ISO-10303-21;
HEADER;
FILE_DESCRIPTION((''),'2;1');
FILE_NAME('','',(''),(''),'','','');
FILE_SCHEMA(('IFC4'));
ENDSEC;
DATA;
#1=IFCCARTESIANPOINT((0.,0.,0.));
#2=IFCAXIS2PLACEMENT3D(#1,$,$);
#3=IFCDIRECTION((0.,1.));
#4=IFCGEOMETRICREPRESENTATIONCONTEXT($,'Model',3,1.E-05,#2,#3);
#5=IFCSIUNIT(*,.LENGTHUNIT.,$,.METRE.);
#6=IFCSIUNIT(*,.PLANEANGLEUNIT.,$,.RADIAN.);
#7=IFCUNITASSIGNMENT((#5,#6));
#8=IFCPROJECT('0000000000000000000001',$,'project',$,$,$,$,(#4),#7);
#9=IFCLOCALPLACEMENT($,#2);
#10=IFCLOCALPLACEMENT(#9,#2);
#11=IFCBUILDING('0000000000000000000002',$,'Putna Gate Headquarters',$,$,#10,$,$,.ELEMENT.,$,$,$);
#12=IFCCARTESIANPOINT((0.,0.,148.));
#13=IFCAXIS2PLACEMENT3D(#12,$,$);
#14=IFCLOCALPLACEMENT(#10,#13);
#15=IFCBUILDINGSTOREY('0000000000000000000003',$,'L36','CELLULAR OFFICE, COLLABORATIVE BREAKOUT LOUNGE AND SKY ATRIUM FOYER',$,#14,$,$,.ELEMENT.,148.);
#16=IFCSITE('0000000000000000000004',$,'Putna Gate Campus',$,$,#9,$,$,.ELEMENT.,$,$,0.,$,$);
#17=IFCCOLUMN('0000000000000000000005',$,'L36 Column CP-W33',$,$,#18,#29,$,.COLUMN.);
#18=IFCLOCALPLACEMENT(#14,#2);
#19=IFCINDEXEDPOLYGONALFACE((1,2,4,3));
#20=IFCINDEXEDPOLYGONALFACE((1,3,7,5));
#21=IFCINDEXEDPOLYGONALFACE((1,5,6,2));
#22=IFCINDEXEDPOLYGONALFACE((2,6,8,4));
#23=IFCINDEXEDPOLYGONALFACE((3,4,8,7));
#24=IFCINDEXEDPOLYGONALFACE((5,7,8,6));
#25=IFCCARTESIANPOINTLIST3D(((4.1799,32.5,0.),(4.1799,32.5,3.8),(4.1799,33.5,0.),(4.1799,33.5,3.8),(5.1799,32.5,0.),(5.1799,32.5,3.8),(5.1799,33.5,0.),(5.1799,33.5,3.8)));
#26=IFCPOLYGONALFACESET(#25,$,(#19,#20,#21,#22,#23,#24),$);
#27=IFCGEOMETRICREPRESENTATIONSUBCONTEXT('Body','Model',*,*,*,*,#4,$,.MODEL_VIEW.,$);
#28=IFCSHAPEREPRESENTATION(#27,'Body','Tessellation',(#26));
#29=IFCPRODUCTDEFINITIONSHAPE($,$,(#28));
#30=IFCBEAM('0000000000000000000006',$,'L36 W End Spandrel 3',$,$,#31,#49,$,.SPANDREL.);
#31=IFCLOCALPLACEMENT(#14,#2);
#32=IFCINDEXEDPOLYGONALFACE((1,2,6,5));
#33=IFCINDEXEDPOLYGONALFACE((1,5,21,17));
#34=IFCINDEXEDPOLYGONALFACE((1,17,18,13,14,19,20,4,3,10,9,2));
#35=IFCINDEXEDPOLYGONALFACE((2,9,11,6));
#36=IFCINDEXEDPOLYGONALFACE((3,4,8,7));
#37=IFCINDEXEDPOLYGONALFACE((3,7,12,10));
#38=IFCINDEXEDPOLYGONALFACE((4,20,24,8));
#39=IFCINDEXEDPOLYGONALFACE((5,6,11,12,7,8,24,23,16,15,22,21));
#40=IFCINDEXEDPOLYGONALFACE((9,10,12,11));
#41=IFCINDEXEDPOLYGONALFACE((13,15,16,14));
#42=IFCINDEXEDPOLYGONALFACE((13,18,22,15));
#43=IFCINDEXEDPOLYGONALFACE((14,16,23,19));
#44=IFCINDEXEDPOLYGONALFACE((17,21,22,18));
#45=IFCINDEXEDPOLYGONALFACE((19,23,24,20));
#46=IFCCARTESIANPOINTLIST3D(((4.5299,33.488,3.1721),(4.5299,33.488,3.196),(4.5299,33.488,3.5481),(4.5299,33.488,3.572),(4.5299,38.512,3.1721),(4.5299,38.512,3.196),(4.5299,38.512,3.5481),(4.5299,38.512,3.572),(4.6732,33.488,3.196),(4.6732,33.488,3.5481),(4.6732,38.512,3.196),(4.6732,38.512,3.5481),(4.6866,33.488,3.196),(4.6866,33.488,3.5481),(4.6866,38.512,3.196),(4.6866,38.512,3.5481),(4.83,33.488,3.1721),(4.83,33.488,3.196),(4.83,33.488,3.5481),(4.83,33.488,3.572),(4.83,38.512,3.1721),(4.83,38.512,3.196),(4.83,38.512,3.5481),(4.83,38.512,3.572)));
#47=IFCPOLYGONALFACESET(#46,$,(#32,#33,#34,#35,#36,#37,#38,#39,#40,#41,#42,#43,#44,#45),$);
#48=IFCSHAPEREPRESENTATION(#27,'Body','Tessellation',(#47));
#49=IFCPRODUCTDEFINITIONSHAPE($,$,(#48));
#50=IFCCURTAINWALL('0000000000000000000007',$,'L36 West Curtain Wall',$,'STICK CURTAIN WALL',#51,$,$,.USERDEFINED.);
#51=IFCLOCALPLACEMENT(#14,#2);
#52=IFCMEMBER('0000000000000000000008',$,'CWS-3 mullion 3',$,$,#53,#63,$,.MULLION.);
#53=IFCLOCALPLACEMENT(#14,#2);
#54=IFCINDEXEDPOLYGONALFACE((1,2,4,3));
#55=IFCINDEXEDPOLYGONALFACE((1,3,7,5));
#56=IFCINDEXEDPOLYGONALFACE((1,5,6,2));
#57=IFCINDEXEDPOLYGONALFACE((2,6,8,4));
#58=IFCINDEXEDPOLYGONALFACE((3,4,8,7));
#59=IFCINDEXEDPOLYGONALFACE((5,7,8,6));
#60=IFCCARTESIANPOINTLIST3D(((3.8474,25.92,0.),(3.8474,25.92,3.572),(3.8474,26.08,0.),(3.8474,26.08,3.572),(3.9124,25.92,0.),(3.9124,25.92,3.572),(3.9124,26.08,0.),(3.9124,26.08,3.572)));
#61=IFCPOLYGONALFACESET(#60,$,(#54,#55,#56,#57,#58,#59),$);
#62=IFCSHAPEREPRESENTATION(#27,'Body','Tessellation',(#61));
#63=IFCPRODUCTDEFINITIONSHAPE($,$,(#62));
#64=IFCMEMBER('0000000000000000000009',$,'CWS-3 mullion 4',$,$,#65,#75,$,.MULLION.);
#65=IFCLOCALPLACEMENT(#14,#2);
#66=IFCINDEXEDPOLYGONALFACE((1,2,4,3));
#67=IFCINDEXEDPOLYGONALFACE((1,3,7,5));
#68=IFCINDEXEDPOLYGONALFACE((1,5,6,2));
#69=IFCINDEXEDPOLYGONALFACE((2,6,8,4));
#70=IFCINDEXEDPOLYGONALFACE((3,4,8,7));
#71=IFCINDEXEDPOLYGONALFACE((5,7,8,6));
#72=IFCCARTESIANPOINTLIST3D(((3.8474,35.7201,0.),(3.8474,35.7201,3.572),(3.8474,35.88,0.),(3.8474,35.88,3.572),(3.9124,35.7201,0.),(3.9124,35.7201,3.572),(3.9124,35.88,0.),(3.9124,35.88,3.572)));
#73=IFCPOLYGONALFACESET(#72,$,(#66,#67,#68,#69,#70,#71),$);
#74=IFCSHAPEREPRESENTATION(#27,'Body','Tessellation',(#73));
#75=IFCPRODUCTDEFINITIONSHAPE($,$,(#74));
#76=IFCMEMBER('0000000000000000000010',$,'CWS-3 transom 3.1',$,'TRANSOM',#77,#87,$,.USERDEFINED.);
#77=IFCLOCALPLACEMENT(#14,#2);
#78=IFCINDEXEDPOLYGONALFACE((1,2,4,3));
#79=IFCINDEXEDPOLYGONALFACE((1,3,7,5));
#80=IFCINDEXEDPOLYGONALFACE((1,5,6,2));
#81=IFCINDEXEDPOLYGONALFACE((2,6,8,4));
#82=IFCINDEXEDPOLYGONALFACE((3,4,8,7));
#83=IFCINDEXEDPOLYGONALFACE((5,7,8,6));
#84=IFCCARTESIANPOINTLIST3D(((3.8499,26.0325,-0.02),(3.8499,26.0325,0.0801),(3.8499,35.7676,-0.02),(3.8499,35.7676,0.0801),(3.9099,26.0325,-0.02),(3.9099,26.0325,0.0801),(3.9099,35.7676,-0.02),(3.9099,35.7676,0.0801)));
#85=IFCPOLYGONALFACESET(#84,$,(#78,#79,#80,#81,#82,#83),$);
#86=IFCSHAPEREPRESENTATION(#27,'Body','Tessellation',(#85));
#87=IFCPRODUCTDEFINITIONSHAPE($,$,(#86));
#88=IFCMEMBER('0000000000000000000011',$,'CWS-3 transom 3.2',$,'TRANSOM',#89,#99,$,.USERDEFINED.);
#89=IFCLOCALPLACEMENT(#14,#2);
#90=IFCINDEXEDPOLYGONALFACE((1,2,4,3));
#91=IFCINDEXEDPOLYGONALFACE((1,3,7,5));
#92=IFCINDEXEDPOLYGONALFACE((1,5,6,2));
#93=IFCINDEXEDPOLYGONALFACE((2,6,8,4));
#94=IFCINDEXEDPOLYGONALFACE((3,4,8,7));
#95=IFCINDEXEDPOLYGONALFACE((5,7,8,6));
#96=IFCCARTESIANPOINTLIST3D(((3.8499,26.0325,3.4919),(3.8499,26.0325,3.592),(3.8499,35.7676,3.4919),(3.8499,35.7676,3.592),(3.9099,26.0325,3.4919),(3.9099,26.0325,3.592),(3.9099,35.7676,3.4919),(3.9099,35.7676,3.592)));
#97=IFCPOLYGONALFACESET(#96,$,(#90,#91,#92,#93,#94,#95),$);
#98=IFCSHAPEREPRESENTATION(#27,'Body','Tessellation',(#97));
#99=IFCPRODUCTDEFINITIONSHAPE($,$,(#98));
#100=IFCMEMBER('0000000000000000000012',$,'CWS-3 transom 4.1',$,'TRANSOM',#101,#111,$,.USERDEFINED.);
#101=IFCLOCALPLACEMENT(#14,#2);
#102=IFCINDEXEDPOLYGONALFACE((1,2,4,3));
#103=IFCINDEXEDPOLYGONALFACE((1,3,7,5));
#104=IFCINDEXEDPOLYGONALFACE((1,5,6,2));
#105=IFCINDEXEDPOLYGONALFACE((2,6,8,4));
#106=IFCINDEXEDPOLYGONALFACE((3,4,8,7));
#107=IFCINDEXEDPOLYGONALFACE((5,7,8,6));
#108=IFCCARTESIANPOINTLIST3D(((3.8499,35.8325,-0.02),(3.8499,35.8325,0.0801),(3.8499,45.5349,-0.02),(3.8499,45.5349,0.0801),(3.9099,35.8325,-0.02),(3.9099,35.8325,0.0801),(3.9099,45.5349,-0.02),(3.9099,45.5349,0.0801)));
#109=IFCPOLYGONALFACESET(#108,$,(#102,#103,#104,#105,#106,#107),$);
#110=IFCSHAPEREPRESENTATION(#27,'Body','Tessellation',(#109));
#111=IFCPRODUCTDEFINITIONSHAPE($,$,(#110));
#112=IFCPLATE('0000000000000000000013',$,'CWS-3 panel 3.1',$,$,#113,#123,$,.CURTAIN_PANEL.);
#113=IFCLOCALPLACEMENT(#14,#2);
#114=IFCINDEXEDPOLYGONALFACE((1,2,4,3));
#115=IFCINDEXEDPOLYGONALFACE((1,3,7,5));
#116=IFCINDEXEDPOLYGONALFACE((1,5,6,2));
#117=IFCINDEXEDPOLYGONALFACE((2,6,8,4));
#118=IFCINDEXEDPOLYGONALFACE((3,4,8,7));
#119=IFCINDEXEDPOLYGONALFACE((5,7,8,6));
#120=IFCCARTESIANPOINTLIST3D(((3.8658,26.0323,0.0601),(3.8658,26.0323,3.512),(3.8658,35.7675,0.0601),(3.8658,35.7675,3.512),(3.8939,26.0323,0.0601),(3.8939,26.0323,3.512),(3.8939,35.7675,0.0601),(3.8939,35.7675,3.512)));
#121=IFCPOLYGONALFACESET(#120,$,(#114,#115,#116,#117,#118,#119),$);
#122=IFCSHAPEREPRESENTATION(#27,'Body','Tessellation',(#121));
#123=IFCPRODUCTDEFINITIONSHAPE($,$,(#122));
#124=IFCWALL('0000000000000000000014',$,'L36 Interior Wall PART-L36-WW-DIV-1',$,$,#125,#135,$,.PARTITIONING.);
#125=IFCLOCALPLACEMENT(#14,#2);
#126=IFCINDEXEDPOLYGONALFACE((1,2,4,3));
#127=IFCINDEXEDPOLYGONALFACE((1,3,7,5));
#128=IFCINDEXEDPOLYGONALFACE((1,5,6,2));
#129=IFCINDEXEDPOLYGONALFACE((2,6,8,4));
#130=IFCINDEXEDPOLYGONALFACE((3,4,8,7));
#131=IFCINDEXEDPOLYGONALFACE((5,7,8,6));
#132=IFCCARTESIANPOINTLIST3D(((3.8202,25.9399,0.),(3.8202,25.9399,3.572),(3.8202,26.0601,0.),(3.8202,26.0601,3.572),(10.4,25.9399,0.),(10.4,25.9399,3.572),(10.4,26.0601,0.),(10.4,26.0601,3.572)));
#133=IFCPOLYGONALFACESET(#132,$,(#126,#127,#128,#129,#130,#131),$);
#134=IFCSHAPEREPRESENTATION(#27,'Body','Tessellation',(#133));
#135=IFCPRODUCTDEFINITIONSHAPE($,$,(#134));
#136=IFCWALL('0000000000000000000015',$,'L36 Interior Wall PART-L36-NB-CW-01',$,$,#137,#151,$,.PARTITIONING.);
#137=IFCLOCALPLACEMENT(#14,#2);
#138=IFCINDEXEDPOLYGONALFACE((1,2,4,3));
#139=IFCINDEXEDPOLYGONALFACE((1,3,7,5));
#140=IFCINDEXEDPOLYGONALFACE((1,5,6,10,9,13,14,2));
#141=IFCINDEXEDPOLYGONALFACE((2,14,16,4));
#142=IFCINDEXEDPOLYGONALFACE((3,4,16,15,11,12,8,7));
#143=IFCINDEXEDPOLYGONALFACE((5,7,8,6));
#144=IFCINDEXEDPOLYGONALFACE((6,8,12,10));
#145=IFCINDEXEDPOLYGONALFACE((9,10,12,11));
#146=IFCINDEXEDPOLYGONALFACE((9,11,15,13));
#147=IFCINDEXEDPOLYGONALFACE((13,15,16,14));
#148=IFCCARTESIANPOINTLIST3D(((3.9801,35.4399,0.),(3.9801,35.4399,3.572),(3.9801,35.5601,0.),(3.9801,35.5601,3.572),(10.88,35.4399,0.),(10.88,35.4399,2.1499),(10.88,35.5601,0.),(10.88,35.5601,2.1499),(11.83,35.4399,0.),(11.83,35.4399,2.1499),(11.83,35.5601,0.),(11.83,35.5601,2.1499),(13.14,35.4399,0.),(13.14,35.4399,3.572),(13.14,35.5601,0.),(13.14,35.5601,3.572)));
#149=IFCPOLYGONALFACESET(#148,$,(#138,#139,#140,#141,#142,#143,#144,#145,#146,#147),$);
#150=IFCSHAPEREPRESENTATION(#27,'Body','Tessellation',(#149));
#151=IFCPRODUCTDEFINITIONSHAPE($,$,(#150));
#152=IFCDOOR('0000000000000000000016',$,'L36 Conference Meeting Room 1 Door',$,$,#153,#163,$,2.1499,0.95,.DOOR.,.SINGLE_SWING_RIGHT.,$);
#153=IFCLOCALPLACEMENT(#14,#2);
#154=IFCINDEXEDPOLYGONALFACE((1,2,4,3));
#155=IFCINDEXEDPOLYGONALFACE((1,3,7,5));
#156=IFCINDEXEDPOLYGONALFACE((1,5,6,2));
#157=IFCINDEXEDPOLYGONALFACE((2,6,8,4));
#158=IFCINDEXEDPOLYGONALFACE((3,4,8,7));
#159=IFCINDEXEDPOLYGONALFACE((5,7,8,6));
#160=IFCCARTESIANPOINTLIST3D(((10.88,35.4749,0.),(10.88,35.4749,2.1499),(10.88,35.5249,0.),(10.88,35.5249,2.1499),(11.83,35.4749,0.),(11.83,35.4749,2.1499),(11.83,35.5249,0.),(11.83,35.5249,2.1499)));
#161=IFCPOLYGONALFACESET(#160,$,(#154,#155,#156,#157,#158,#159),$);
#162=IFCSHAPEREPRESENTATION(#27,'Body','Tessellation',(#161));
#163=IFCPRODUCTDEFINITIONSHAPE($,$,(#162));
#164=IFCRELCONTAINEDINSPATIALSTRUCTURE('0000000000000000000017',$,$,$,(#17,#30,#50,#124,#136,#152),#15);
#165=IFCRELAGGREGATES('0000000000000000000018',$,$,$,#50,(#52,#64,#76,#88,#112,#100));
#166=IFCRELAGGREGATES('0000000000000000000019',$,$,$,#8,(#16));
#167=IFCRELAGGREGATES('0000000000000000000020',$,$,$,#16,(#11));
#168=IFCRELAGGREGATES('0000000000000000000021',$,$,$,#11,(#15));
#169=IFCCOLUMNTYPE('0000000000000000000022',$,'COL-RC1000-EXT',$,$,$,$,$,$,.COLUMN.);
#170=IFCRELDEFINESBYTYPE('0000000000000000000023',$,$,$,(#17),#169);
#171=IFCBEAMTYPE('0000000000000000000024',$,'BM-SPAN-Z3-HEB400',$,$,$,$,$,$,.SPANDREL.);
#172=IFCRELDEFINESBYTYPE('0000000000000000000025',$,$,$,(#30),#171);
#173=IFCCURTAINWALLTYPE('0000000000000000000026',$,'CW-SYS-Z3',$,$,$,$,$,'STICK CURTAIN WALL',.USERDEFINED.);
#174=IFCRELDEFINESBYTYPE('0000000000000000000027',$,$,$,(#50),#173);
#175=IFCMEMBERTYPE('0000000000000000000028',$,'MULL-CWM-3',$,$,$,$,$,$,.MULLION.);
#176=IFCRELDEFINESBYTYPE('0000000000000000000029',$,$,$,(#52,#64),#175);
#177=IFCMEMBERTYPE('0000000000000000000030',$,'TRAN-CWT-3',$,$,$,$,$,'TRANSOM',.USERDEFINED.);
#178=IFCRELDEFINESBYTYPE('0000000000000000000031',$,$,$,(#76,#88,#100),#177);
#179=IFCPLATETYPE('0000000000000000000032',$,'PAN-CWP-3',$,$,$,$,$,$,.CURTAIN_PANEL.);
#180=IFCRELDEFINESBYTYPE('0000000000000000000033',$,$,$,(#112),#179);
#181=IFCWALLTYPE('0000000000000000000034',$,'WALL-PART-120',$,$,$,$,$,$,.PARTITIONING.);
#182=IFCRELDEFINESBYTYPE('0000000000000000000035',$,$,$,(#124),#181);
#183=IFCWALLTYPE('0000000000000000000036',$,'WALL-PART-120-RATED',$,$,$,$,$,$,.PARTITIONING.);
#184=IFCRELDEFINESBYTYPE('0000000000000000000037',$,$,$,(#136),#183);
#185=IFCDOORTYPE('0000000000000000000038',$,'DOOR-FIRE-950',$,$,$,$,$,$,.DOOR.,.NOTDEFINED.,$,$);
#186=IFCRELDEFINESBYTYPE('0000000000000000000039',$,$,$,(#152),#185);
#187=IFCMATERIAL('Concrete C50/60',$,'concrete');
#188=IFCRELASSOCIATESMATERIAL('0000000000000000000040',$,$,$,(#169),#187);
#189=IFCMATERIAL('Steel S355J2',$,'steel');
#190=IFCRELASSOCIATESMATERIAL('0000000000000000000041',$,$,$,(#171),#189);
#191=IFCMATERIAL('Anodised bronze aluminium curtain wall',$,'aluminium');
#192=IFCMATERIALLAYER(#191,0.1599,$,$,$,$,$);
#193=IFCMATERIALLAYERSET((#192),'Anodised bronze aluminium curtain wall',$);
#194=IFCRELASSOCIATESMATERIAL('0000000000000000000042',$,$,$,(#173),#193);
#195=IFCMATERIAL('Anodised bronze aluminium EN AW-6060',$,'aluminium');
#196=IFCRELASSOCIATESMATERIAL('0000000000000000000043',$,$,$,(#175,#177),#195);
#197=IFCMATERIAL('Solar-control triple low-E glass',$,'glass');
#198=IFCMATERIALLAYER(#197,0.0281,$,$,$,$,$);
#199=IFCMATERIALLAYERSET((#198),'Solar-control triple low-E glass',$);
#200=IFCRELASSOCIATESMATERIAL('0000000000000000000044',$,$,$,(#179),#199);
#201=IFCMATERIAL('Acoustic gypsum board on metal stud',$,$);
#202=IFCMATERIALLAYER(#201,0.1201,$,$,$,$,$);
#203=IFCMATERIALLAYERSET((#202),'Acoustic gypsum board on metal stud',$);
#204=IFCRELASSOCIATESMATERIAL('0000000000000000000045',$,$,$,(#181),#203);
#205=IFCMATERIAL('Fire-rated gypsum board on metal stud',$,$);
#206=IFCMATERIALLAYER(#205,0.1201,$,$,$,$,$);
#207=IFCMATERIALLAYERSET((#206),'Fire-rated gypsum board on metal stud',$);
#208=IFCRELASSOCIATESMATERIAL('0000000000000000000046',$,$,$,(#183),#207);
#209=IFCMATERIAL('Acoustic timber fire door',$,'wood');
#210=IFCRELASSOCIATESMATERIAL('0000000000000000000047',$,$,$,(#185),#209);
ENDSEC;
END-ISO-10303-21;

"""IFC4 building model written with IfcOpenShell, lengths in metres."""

from ifc_helpers import new_model, si_unit, direction, frame, frame_2d, origin, origin_2d, place, context, subcontext, project, spatial, rectangle, i_section, extrude, material, layer, layer_set, material_profile, profile_set, type_object, element, fill, aggregate, save


model = new_model("IFC4")

# Units and contexts
model_context = context("Model", 3, precision=1e-05, world=origin(), true_north=direction((0.0, 1.0)))
body_context = subcontext(model_context, "Body", "Model", "MODEL_VIEW")
ifc_project = project(units=[si_unit("LENGTHUNIT", "METRE"), si_unit("PLANEANGLEUNIT", "RADIAN")], contexts=[model_context])

# Site, building, storey
site_placement = place(None, origin())
site = spatial("IfcSite", under=ifc_project, at=site_placement, Name="Putna Gate Campus", CompositionType="ELEMENT", RefElevation=0.0)
building_placement = place(site_placement, origin())
building = spatial("IfcBuilding", under=site, at=building_placement, Name="Putna Gate Headquarters", CompositionType="ELEMENT")
storey_placement = place(building_placement, frame((0.0, 0.0, 148.0)))
storey = spatial("IfcBuildingStorey", under=building, at=storey_placement, Name="L36", Description="CELLULAR OFFICE, COLLABORATIVE BREAKOUT LOUNGE AND SKY ATRIUM FOYER", CompositionType="ELEMENT", Elevation=148.0)

# Column
ifc_material_1 = material(Name="Concrete C50/60", Category="concrete")
ifc_material_profile_1 = material_profile(ifc_material_1, rectangle(XDim=1.0, YDim=1.0, at=origin_2d()), Name="Concrete C50/60")
ifc_profile_set_1 = profile_set([ifc_material_profile_1], Name="Concrete C50/60")
column_type = type_object("IfcColumnType", Name="COL-RC1000-EXT", PredefinedType="COLUMN", material=ifc_profile_set_1)
column_placement = place(storey_placement, frame((4.6799, 33.0, 0.0), z_axis=(0.0, 0.0, 1.0), x_axis=(1.0, 0.0, 0.0)))
element("IfcColumn", 1, at=column_placement, inside=storey, type_object=column_type, Name="L36 Column CP-W33", PredefinedType="COLUMN", context=body_context, shape_type="SweptSolid", body=[
    extrude(rectangle(XDim=1.0, YDim=1.0, at=origin_2d()), origin(), (0.0, 0.0, 1.0), 3.8),
])

# Beam
ifc_material_2 = material(Name="Steel S355J2", Category="steel")
ifc_material_profile_2 = material_profile(ifc_material_2, i_section(OverallWidth=0.3, OverallDepth=0.3999, WebThickness=0.0134, FlangeThickness=0.0239, at=origin_2d()), Name="Steel S355J2")
ifc_profile_set_2 = profile_set([ifc_material_profile_2], Name="Steel S355J2")
beam_type = type_object("IfcBeamType", Name="BM-SPAN-Z3-HEB400", PredefinedType="SPANDREL", material=ifc_profile_set_2)
beam_placement = place(storey_placement, frame((4.6799, 33.488, 3.3721), z_axis=(0.0, 1.0, 0.0), x_axis=(-1.0, 0.0, 0.0)))
element("IfcBeam", 2, at=beam_placement, inside=storey, type_object=beam_type, Name="L36 W End Spandrel 3", PredefinedType="SPANDREL", context=body_context, shape_type="SweptSolid", body=[
    extrude(i_section(OverallWidth=0.3, OverallDepth=0.3999, WebThickness=0.0134, FlangeThickness=0.0239, at=origin_2d()), origin(), (0.0, 0.0, 1.0), 5.0239),
])

# Curtain wall, members, plate
ifc_material_3 = material(Name="Anodised bronze aluminium curtain wall", Category="aluminium")
ifc_layer_1 = layer(ifc_material_3, 0.1599)
ifc_layer_set_1 = layer_set([ifc_layer_1], Name="Anodised bronze aluminium curtain wall")
curtain_wall_type = type_object("IfcCurtainWallType", Name="CW-SYS-Z3", ElementType="STICK CURTAIN WALL", PredefinedType="USERDEFINED", material=ifc_layer_set_1)
curtain_wall_placement = place(storey_placement, origin())
curtain_wall = element("IfcCurtainWall", 3, at=curtain_wall_placement, inside=storey, type_object=curtain_wall_type, Name="L36 West Curtain Wall", ObjectType="STICK CURTAIN WALL", PredefinedType="USERDEFINED")
ifc_material_4 = material(Name="Anodised bronze aluminium EN AW-6060", Category="aluminium")
ifc_material_profile_3 = material_profile(ifc_material_4, rectangle(XDim=0.0649, YDim=0.1599, at=origin_2d()), Name="Anodised bronze aluminium EN AW-6060")
ifc_profile_set_3 = profile_set([ifc_material_profile_3], Name="Anodised bronze aluminium EN AW-6060")
member_type_1 = type_object("IfcMemberType", Name="MULL-CWM-3", PredefinedType="MULLION", material=ifc_profile_set_3)
member_1_placement = place(storey_placement, frame((3.8799, 26.0, 0.0), z_axis=(0.0, 0.0, 1.0), x_axis=(-1.0, 0.0, 0.0)))
member_1 = element("IfcMember", 4, at=member_1_placement, type_object=member_type_1, Name="CWS-3 mullion 3", PredefinedType="MULLION", context=body_context, shape_type="SweptSolid", body=[
    extrude(rectangle(XDim=0.0649, YDim=0.1599, at=origin_2d()), origin(), (0.0, 0.0, 1.0), 3.572),
])
member_2_placement = place(storey_placement, frame((3.8799, 35.8, 0.0), z_axis=(0.0, 0.0, 1.0), x_axis=(-1.0, 0.0, 0.0)))
member_2 = element("IfcMember", 5, at=member_2_placement, type_object=member_type_1, Name="CWS-3 mullion 4", PredefinedType="MULLION", context=body_context, shape_type="SweptSolid", body=[
    extrude(rectangle(XDim=0.0649, YDim=0.1599, at=origin_2d()), origin(), (0.0, 0.0, 1.0), 3.572),
])
ifc_material_profile_4 = material_profile(ifc_material_4, rectangle(XDim=0.0601, YDim=0.1001, at=origin_2d()), Name="Anodised bronze aluminium EN AW-6060")
ifc_profile_set_4 = profile_set([ifc_material_profile_4], Name="Anodised bronze aluminium EN AW-6060")
member_type_2 = type_object("IfcMemberType", Name="TRAN-CWT-3", ElementType="TRANSOM", PredefinedType="USERDEFINED", material=ifc_profile_set_4)
member_3_placement = place(storey_placement, frame((3.8799, 26.0325, 0.03), z_axis=(0.0, 1.0, 0.0), x_axis=(-1.0, 0.0, 0.0)))
member_3 = element("IfcMember", 6, at=member_3_placement, type_object=member_type_2, Name="CWS-3 transom 3.1", ObjectType="TRANSOM", PredefinedType="USERDEFINED", context=body_context, shape_type="SweptSolid", body=[
    extrude(rectangle(XDim=0.0601, YDim=0.1001, at=origin_2d()), origin(), (0.0, 0.0, 1.0), 9.7351),
])
member_4_placement = place(storey_placement, frame((3.8799, 26.0325, 3.542), z_axis=(0.0, 1.0, 0.0), x_axis=(-1.0, 0.0, 0.0)))
member_4 = element("IfcMember", 7, at=member_4_placement, type_object=member_type_2, Name="CWS-3 transom 3.2", ObjectType="TRANSOM", PredefinedType="USERDEFINED", context=body_context, shape_type="SweptSolid", body=[
    extrude(rectangle(XDim=0.0601, YDim=0.1001, at=origin_2d()), origin(), (0.0, 0.0, 1.0), 9.7351),
])
member_5_placement = place(storey_placement, frame((3.8799, 35.8325, 0.03), z_axis=(0.0, 1.0, 0.0), x_axis=(-1.0, 0.0, 0.0)))
member_5 = element("IfcMember", 8, at=member_5_placement, type_object=member_type_2, Name="CWS-3 transom 4.1", ObjectType="TRANSOM", PredefinedType="USERDEFINED", context=body_context, shape_type="SweptSolid", body=[
    extrude(rectangle(XDim=0.0601, YDim=0.1001, at=origin_2d()), origin(), (0.0, 0.0, 1.0), 9.7024),
])
ifc_material_5 = material(Name="Solar-control triple low-E glass", Category="glass")
ifc_layer_2 = layer(ifc_material_5, 0.0281)
ifc_layer_set_2 = layer_set([ifc_layer_2], Name="Solar-control triple low-E glass")
plate_type = type_object("IfcPlateType", Name="PAN-CWP-3", PredefinedType="CURTAIN_PANEL", material=ifc_layer_set_2)
plate_placement = place(storey_placement, frame((3.8799, 30.8999, 0.0601), z_axis=(0.0, 0.0, 1.0), x_axis=(0.0, 1.0, 0.0)))
plate = element("IfcPlate", 9, at=plate_placement, type_object=plate_type, Name="CWS-3 panel 3.1", PredefinedType="CURTAIN_PANEL", context=body_context, shape_type="SweptSolid", body=[
    extrude(rectangle(XDim=9.7351, YDim=0.0281, at=origin_2d()), origin(), (0.0, 0.0, 1.0), 3.4519),
])
aggregate(curtain_wall, [member_1, member_2, member_3, member_4, plate, member_5])

# Wall
ifc_material_6 = material(Name="Acoustic gypsum board on metal stud")
ifc_layer_3 = layer(ifc_material_6, 0.1201)
ifc_layer_set_3 = layer_set([ifc_layer_3], Name="Acoustic gypsum board on metal stud")
wall_type_1 = type_object("IfcWallType", Name="WALL-PART-120", PredefinedType="PARTITIONING", material=ifc_layer_set_3)
wall_1_placement = place(storey_placement, frame((3.8201, 26.0, 0.0), z_axis=(0.0, 0.0, 1.0), x_axis=(1.0, 0.0, 0.0)))
element("IfcWall", 10, at=wall_1_placement, inside=storey, type_object=wall_type_1, Name="L36 Interior Wall PART-L36-WW-DIV-1", PredefinedType="PARTITIONING", context=body_context, shape_type="SweptSolid", body=[
    extrude(rectangle(XDim=6.5798, YDim=0.1201, at=frame_2d((3.29, 0.0))), origin(), (0.0, 0.0, 1.0), 3.572),
])

# Wall, opening, door
ifc_material_7 = material(Name="Fire-rated gypsum board on metal stud")
ifc_layer_4 = layer(ifc_material_7, 0.1201)
ifc_layer_set_4 = layer_set([ifc_layer_4], Name="Fire-rated gypsum board on metal stud")
wall_type_2 = type_object("IfcWallType", Name="WALL-PART-120-RATED", PredefinedType="PARTITIONING", material=ifc_layer_set_4)
wall_2_placement = place(storey_placement, frame((3.98, 35.5, 0.0), z_axis=(0.0, 0.0, 1.0), x_axis=(1.0, 0.0, 0.0)))
wall_2 = element("IfcWall", 11, at=wall_2_placement, inside=storey, type_object=wall_type_2, Name="L36 Interior Wall PART-L36-NB-CW-01", PredefinedType="PARTITIONING", context=body_context, shape_type="SweptSolid", body=[
    extrude(rectangle(XDim=9.1599, YDim=0.1201, at=frame_2d((4.5801, 0.0))), origin(), (0.0, 0.0, 1.0), 3.572),
])
opening_placement = place(wall_2_placement, frame((6.8999, 0.0, 0.0)))
opening = element("IfcOpeningElement", 12, at=opening_placement, cuts=wall_2, PredefinedType="OPENING", context=body_context, shape_type="SweptSolid", body=[
    extrude(rectangle(XDim=0.95, YDim=2.1499, at=frame_2d((0.4751, 1.075))), frame((0.0, 0.0701, 0.0), z_axis=(0.0, -1.0, 0.0), x_axis=(1.0, 0.0, 0.0)), (0.0, 0.0, 1.0), 0.1401),
])
ifc_material_8 = material(Name="Acoustic timber fire door", Category="wood")
door_type = type_object("IfcDoorType", Name="DOOR-FIRE-950", OperationType="NOTDEFINED", PredefinedType="DOOR", material=ifc_material_8)
door_placement = place(opening_placement, origin())
door = element("IfcDoor", 13, at=door_placement, inside=storey, type_object=door_type, Name="L36 Conference Meeting Room 1 Door", OperationType="SINGLE_SWING_RIGHT", OverallHeight=2.1499, OverallWidth=0.95, PredefinedType="DOOR", context=body_context, shape_type="SweptSolid", body=[
    extrude(rectangle(XDim=0.95, YDim=2.1499, at=frame_2d((0.4751, 1.075))), frame((0.0, 0.0249, 0.0), z_axis=(0.0, -1.0, 0.0), x_axis=(1.0, 0.0, 0.0)), (0.0, 0.0, 1.0), 0.05),
])
fill(opening, door)

save(model, "model.ifc")
